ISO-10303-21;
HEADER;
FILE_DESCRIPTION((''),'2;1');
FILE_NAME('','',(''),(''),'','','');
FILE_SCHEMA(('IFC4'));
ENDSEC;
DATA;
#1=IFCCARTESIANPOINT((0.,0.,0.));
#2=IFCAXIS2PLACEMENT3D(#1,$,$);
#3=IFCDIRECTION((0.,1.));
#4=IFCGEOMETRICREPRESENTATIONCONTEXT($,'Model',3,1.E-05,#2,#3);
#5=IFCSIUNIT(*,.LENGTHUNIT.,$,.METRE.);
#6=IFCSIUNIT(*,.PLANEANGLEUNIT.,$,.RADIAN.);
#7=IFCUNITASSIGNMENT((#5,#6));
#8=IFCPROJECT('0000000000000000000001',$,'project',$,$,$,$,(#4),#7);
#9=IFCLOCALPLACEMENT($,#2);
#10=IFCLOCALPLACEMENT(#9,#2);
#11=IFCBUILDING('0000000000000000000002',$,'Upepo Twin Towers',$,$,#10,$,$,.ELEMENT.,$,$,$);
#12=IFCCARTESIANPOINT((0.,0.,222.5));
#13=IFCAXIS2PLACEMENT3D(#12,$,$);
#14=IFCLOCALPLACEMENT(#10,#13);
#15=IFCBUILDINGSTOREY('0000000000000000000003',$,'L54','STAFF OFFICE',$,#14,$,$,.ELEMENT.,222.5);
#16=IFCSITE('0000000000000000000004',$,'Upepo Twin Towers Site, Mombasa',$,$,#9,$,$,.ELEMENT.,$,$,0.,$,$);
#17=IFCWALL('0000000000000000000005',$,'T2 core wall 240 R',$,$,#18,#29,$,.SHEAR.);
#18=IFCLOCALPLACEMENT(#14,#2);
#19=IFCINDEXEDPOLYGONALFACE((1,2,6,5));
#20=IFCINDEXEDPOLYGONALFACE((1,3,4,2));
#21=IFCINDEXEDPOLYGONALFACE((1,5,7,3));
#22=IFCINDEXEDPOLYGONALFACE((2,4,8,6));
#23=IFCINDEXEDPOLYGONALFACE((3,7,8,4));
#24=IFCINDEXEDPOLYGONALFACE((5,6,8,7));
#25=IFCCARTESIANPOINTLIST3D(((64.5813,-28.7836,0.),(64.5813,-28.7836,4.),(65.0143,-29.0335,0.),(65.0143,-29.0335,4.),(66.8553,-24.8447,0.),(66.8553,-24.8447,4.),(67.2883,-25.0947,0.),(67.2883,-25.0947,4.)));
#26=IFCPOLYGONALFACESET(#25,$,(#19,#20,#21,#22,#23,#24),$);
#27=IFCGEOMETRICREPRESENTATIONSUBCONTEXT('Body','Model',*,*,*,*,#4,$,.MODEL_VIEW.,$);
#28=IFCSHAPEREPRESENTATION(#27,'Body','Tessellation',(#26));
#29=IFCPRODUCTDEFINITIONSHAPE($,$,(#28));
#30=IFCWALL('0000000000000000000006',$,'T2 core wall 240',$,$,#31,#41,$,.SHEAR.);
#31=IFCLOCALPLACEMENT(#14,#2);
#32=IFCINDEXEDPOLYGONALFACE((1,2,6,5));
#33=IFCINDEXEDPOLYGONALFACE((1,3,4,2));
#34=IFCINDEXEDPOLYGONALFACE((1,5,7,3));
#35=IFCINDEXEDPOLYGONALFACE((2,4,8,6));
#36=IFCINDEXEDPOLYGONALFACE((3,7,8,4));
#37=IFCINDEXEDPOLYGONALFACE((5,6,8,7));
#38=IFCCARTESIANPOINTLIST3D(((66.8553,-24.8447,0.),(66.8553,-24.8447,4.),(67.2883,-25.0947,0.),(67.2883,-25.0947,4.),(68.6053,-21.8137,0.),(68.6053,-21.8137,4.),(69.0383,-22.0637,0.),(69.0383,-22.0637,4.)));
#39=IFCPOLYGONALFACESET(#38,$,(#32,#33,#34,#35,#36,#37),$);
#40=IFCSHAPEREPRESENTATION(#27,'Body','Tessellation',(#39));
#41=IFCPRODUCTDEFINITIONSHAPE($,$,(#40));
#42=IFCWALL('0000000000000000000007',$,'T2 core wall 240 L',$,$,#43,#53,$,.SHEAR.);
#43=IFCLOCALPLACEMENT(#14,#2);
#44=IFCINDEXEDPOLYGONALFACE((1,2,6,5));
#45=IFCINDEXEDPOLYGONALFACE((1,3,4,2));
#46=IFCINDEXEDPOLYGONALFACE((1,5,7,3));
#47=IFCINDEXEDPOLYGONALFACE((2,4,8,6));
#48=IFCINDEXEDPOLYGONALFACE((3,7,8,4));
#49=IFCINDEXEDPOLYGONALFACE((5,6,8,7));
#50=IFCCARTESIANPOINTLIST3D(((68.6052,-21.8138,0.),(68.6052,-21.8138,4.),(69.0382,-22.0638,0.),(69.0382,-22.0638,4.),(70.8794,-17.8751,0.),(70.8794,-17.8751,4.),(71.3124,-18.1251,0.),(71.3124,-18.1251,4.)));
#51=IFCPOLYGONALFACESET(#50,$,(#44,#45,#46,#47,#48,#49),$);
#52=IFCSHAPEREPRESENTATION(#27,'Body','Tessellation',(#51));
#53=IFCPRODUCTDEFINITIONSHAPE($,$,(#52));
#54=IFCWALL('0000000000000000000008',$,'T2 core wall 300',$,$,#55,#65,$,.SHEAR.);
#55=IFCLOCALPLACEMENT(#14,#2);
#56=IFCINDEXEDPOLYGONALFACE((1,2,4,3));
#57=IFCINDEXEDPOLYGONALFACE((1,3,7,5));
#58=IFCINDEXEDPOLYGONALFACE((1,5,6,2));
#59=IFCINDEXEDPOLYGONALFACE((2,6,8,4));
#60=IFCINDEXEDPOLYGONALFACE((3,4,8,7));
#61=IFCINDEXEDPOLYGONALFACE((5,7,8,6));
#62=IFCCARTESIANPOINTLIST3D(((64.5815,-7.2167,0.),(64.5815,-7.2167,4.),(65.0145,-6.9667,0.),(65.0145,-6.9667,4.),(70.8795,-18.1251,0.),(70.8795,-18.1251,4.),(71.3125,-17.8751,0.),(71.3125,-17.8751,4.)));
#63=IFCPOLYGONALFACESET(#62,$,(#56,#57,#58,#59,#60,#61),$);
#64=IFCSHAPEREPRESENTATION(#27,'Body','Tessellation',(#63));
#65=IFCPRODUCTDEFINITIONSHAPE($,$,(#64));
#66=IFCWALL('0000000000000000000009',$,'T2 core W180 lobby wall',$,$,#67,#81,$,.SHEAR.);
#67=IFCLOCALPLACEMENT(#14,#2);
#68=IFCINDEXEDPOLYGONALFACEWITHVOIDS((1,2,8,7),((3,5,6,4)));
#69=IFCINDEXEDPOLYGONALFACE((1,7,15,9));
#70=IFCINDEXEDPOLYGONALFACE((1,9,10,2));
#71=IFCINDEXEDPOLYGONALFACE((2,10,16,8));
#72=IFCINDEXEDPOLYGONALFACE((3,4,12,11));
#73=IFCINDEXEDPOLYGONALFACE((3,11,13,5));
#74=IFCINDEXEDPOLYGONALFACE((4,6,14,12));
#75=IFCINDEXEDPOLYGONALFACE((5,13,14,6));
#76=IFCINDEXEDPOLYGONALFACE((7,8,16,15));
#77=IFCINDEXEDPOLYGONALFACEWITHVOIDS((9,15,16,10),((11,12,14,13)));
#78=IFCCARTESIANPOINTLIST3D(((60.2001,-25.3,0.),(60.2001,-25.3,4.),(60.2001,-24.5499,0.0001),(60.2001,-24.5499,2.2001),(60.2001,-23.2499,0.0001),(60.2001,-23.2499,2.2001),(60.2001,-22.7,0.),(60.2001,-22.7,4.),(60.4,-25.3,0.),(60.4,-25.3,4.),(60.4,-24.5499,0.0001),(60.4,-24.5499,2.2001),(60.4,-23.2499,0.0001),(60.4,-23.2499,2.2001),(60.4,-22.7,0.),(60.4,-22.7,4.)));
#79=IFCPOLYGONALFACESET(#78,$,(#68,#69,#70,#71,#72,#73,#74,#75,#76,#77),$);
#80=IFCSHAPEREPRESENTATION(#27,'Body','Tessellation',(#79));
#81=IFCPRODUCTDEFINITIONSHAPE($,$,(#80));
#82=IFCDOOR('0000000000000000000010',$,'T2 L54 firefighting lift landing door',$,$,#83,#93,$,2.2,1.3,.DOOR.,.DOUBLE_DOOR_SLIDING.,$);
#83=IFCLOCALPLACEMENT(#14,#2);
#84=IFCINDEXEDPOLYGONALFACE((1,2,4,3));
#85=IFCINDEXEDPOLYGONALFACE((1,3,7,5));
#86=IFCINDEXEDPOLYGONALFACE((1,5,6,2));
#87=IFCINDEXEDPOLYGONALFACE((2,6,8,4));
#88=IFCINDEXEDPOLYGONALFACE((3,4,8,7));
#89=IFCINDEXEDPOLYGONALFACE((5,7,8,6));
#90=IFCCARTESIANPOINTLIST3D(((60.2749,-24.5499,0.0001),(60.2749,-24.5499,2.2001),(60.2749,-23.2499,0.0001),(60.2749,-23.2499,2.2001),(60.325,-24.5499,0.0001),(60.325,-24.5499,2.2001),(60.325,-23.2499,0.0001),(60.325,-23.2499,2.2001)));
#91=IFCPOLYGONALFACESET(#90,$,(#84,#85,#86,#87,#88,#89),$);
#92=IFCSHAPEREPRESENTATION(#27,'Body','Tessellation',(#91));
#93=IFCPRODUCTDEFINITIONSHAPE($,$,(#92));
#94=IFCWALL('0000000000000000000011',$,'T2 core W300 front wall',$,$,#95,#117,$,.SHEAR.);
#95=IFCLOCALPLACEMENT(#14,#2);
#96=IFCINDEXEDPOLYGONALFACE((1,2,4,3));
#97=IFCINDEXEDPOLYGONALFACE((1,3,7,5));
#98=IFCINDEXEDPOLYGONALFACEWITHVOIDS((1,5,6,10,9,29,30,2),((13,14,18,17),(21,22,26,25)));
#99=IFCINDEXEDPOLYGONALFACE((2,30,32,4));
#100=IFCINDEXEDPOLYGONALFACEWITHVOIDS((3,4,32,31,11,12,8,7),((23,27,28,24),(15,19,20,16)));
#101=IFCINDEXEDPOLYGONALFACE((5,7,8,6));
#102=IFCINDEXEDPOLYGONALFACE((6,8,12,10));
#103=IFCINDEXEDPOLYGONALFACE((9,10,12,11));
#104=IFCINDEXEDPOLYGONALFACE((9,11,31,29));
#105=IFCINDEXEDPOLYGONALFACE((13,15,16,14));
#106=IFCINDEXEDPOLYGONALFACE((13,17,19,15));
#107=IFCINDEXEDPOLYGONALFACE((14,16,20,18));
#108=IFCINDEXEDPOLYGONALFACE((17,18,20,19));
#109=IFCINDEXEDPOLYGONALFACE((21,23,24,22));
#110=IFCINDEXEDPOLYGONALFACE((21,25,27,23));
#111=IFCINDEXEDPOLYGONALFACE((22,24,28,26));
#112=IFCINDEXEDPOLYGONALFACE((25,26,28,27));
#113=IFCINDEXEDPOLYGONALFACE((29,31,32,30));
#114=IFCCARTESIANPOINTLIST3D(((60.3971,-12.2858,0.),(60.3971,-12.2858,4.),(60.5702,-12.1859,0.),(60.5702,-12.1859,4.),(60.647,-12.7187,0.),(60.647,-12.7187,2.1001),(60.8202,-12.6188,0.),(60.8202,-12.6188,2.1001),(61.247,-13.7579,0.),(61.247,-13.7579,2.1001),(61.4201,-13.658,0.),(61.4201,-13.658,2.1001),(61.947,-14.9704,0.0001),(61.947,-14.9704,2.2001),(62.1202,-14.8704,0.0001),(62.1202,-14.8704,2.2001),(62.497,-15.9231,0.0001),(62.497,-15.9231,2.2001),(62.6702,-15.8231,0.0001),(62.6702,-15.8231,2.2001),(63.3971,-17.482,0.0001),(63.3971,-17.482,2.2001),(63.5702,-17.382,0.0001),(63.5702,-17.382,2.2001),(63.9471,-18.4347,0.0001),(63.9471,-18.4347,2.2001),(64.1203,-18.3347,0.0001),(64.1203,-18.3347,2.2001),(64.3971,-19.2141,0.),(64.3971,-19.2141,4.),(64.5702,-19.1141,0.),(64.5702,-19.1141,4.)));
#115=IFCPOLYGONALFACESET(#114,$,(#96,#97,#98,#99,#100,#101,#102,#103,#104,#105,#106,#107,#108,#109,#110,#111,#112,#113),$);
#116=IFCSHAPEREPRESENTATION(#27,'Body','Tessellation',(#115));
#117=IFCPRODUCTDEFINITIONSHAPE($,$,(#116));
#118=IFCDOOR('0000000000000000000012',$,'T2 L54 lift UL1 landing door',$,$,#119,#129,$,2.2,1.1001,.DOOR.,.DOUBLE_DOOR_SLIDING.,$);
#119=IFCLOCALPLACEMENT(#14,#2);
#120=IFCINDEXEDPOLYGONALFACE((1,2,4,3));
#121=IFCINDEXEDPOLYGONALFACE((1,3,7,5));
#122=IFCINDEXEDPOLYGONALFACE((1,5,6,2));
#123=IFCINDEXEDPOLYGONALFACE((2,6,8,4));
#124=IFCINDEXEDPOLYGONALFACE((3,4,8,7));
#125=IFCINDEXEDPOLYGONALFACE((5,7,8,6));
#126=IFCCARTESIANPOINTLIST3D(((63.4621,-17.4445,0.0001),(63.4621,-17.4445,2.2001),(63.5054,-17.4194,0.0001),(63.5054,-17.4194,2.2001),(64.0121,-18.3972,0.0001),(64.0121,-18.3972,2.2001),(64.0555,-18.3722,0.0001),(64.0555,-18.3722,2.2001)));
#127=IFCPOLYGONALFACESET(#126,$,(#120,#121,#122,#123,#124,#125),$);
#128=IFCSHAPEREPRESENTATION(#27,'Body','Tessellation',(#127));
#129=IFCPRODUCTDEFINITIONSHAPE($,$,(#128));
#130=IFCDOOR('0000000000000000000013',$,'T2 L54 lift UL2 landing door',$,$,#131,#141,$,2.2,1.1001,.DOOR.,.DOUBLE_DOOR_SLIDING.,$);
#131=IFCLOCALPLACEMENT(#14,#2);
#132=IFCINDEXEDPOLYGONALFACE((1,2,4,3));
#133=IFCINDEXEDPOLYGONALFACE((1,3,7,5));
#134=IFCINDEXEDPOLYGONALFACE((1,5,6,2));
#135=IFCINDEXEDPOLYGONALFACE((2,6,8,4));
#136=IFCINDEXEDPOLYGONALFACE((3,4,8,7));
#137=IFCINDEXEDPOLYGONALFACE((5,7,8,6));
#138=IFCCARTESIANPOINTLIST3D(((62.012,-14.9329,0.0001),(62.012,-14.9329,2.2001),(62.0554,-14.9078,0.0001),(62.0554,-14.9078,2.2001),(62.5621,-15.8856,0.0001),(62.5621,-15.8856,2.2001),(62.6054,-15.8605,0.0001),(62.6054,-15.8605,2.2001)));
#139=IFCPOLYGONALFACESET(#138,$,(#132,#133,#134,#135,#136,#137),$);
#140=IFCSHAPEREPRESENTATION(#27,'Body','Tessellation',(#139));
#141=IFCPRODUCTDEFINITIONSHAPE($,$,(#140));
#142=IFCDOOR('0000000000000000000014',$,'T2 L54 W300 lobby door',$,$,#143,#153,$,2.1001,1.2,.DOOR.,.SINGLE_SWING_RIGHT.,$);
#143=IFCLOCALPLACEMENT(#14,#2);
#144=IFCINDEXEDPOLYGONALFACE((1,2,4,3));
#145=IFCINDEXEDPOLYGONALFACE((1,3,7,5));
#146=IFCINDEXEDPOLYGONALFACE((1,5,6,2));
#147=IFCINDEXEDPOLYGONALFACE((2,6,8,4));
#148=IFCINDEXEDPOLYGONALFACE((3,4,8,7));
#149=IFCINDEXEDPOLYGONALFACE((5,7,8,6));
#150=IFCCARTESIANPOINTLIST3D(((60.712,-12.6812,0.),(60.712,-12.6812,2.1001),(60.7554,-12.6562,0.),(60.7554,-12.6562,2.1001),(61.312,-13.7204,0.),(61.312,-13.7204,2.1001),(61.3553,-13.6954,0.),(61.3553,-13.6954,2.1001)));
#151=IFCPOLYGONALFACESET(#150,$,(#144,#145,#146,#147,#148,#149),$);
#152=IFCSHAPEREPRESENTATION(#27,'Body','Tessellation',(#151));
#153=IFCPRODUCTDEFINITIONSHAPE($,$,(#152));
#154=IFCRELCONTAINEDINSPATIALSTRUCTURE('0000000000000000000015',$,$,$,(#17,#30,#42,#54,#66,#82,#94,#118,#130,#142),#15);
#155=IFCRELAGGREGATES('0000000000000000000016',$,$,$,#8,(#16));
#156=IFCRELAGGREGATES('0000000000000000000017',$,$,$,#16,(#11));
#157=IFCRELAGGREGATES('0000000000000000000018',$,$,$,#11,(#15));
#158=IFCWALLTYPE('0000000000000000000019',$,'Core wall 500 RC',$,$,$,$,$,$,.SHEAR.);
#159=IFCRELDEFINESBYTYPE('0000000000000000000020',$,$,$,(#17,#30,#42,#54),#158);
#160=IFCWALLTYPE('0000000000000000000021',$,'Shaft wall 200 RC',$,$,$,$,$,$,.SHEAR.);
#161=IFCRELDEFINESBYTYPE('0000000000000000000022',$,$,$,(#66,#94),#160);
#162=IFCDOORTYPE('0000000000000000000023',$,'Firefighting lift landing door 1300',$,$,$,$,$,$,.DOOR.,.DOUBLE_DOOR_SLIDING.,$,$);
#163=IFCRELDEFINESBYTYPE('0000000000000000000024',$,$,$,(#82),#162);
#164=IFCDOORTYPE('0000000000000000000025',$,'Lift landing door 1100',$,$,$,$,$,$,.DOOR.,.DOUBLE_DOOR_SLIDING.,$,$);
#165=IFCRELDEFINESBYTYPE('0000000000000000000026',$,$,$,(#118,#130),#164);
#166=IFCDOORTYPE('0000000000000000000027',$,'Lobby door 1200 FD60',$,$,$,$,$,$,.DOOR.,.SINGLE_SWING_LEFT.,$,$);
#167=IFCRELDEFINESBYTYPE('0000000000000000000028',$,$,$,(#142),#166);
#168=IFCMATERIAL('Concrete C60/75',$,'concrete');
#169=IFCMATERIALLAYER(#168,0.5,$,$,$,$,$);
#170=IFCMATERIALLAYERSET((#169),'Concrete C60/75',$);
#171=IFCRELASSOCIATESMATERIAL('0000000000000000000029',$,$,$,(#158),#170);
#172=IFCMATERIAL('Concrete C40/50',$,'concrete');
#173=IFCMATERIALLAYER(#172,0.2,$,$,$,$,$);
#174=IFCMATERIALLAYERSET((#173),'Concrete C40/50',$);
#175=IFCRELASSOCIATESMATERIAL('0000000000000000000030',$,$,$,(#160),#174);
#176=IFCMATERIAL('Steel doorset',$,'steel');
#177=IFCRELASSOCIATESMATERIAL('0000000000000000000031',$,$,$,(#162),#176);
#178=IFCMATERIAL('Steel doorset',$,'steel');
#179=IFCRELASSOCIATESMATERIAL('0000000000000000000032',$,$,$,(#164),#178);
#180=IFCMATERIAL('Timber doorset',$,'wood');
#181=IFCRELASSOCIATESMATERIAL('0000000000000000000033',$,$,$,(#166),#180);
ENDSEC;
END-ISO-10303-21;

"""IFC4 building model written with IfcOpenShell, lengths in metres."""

from ifc_helpers import new_model, si_unit, direction, frame, frame_2d, origin, place, context, subcontext, project, spatial, rectangle, extrude, material, layer, layer_set, type_object, element, fill, save


model = new_model("IFC4")

# Units and contexts
model_context = context("Model", 3, precision=1e-05, world=origin(), true_north=direction((0.0, 1.0)))
body_context = subcontext(model_context, "Body", "Model", "MODEL_VIEW")
ifc_project = project(units=[si_unit("LENGTHUNIT", "METRE"), si_unit("PLANEANGLEUNIT", "RADIAN")], contexts=[model_context])

# Site, building, storey
site_placement = place(None, origin())
site = spatial("IfcSite", under=ifc_project, at=site_placement, Name="Upepo Twin Towers Site, Mombasa", CompositionType="ELEMENT", RefElevation=0.0)
building_placement = place(site_placement, origin())
building = spatial("IfcBuilding", under=site, at=building_placement, Name="Upepo Twin Towers", CompositionType="ELEMENT")
storey_placement = place(building_placement, frame((0.0, 0.0, 222.5)))
storey = spatial("IfcBuildingStorey", under=building, at=storey_placement, Name="L54", Description="STAFF OFFICE", CompositionType="ELEMENT", Elevation=222.5)

# Walls
ifc_material_1 = material(Name="Concrete C60/75", Category="concrete")
ifc_layer_1 = layer(ifc_material_1, 0.5)
ifc_layer_set_1 = layer_set([ifc_layer_1], Name="Concrete C60/75")
wall_type_1 = type_object("IfcWallType", Name="Core wall 500 RC", PredefinedType="SHEAR", material=ifc_layer_set_1)
wall_1_placement = place(storey_placement, frame((64.7979, -28.9084, 0.0), z_axis=(0.0, 0.0, 1.0), x_axis=(0.499984, 0.866035, 0.0)))
element("IfcWall", 1, at=wall_1_placement, inside=storey, type_object=wall_type_1, Name="T2 core wall 240 R", PredefinedType="SHEAR", context=body_context, shape_type="SweptSolid", body=[
    extrude(rectangle(XDim=4.5481, YDim=0.5, at=frame_2d((2.2739, 0.0))), origin(), (0.0, 0.0, 1.0), 4.0),
])
wall_2_placement = place(storey_placement, frame((67.0718, -24.9697, 0.0), z_axis=(0.0, 0.0, 1.0), x_axis=(0.50001, 0.866019, 0.0)))
element("IfcWall", 2, at=wall_2_placement, inside=storey, type_object=wall_type_1, Name="T2 core wall 240", PredefinedType="SHEAR", context=body_context, shape_type="SweptSolid", body=[
    extrude(rectangle(XDim=3.5, YDim=0.5, at=frame_2d((1.75, 0.0))), origin(), (0.0, 0.0, 1.0), 4.0),
])
wall_3_placement = place(storey_placement, frame((68.8218, -21.9387, 0.0), z_axis=(0.0, 0.0, 1.0), x_axis=(0.500024, 0.866011, 0.0)))
element("IfcWall", 3, at=wall_3_placement, inside=storey, type_object=wall_type_1, Name="T2 core wall 240 L", PredefinedType="SHEAR", context=body_context, shape_type="SweptSolid", body=[
    extrude(rectangle(XDim=4.5481, YDim=0.5, at=frame_2d((2.2739, 0.0))), origin(), (0.0, 0.0, 1.0), 4.0),
])
wall_4_placement = place(storey_placement, frame((71.0959, -18.0, 0.0), z_axis=(0.0, 0.0, 1.0), x_axis=(-0.500006, 0.866022, 0.0)))
element("IfcWall", 4, at=wall_4_placement, inside=storey, type_object=wall_type_1, Name="T2 core wall 300", PredefinedType="SHEAR", context=body_context, shape_type="SweptSolid", body=[
    extrude(rectangle(XDim=12.5959, YDim=0.5, at=frame_2d((6.2979, 0.0))), origin(), (0.0, 0.0, 1.0), 4.0),
])

# Wall, opening, door
ifc_material_2 = material(Name="Concrete C40/50", Category="concrete")
ifc_layer_2 = layer(ifc_material_2, 0.2)
ifc_layer_set_2 = layer_set([ifc_layer_2], Name="Concrete C40/50")
wall_type_2 = type_object("IfcWallType", Name="Shaft wall 200 RC", PredefinedType="SHEAR", material=ifc_layer_set_2)
wall_5_placement = place(storey_placement, frame((60.3, -22.7, 0.0), z_axis=(0.0, 0.0, 1.0), x_axis=(0.0, -1.0, 0.0)))
wall_5 = element("IfcWall", 5, at=wall_5_placement, inside=storey, type_object=wall_type_2, Name="T2 core W180 lobby wall", PredefinedType="SHEAR", context=body_context, shape_type="SweptSolid", body=[
    extrude(rectangle(XDim=2.6001, YDim=0.2, at=frame_2d((1.3, 0.0))), origin(), (0.0, 0.0, 1.0), 4.0),
])
opening_1_placement = place(wall_5_placement, frame((0.55, 0.0, 0.0)))
opening_1 = element("IfcOpeningElement", 6, at=opening_1_placement, cuts=wall_5, PredefinedType="OPENING", context=body_context, shape_type="SweptSolid", body=[
    extrude(rectangle(XDim=1.3, YDim=2.2, at=frame_2d((0.6499, 1.1001))), frame((0.0, 0.1099, 0.0), z_axis=(0.0, -1.0, 0.0), x_axis=(1.0, 0.0, 0.0)), (0.0, 0.0, 1.0), 0.22),
])
ifc_material_3 = material(Name="Steel doorset", Category="steel")
door_type_1 = type_object("IfcDoorType", Name="Firefighting lift landing door 1300", OperationType="DOUBLE_DOOR_SLIDING", PredefinedType="DOOR", material=ifc_material_3)
door_1_placement = place(opening_1_placement, origin())
door_1 = element("IfcDoor", 7, at=door_1_placement, inside=storey, type_object=door_type_1, Name="T2 L54 firefighting lift landing door", OperationType="DOUBLE_DOOR_SLIDING", OverallHeight=2.2, OverallWidth=1.3, PredefinedType="DOOR", context=body_context, shape_type="SweptSolid", body=[
    extrude(rectangle(XDim=1.3, YDim=2.2, at=frame_2d((0.6499, 1.1001))), frame((0.0, 0.0249, 0.0), z_axis=(0.0, -1.0, 0.0), x_axis=(1.0, 0.0, 0.0)), (0.0, 0.0, 1.0), 0.05),
])
fill(opening_1, door_1)

# Wall, openings, doors
wall_6_placement = place(storey_placement, frame((64.4836, -19.1641, 0.0), z_axis=(0.0, 0.0, 1.0), x_axis=(-0.499999, 0.866026, 0.0)))
wall_6 = element("IfcWall", 8, at=wall_6_placement, inside=storey, type_object=wall_type_2, Name="T2 core W300 front wall", PredefinedType="SHEAR", context=body_context, shape_type="SweptSolid", body=[
    extrude(rectangle(XDim=8.0, YDim=0.2, at=frame_2d((4.0, 0.0))), origin(), (0.0, 0.0, 1.0), 4.0),
])
opening_2_placement = place(wall_6_placement, frame((6.3, 0.0, 0.0)))
opening_2 = element("IfcOpeningElement", 9, at=opening_2_placement, cuts=wall_6, PredefinedType="OPENING", context=body_context, shape_type="SweptSolid", body=[
    extrude(rectangle(XDim=1.2, YDim=2.1001, at=frame_2d((0.6001, 1.05))), frame((0.0, 0.1099, 0.0), z_axis=(0.0, -1.0, 0.0), x_axis=(1.0, 0.0, 0.0)), (0.0, 0.0, 1.0), 0.22),
])
opening_3_placement = place(wall_6_placement, frame((0.8999, 0.0, 0.0)))
opening_3 = element("IfcOpeningElement", 10, at=opening_3_placement, cuts=wall_6, PredefinedType="OPENING", context=body_context, shape_type="SweptSolid", body=[
    extrude(rectangle(XDim=1.1001, YDim=2.2, at=frame_2d((0.55, 1.1001))), frame((0.0, 0.1099, 0.0), z_axis=(0.0, -1.0, 0.0), x_axis=(1.0, 0.0, 0.0)), (0.0, 0.0, 1.0), 0.22),
])
opening_4_placement = place(wall_6_placement, frame((3.8, 0.0, 0.0)))
opening_4 = element("IfcOpeningElement", 11, at=opening_4_placement, cuts=wall_6, PredefinedType="OPENING", context=body_context, shape_type="SweptSolid", body=[
    extrude(rectangle(XDim=1.1001, YDim=2.2, at=frame_2d((0.55, 1.1001))), frame((0.0, 0.1099, 0.0), z_axis=(0.0, -1.0, 0.0), x_axis=(1.0, 0.0, 0.0)), (0.0, 0.0, 1.0), 0.22),
])
ifc_material_4 = material(Name="Steel doorset", Category="steel")
door_type_2 = type_object("IfcDoorType", Name="Lift landing door 1100", OperationType="DOUBLE_DOOR_SLIDING", PredefinedType="DOOR", material=ifc_material_4)
door_2_placement = place(opening_3_placement, origin())
door_2 = element("IfcDoor", 12, at=door_2_placement, inside=storey, type_object=door_type_2, Name="T2 L54 lift UL1 landing door", OperationType="DOUBLE_DOOR_SLIDING", OverallHeight=2.2, OverallWidth=1.1001, PredefinedType="DOOR", context=body_context, shape_type="SweptSolid", body=[
    extrude(rectangle(XDim=1.1001, YDim=2.2, at=frame_2d((0.55, 1.1001))), frame((0.0, 0.0249, 0.0), z_axis=(0.0, -1.0, 0.0), x_axis=(1.0, 0.0, 0.0)), (0.0, 0.0, 1.0), 0.05),
])
fill(opening_3, door_2)
door_3_placement = place(opening_4_placement, origin())
door_3 = element("IfcDoor", 13, at=door_3_placement, inside=storey, type_object=door_type_2, Name="T2 L54 lift UL2 landing door", OperationType="DOUBLE_DOOR_SLIDING", OverallHeight=2.2, OverallWidth=1.1001, PredefinedType="DOOR", context=body_context, shape_type="SweptSolid", body=[
    extrude(rectangle(XDim=1.1001, YDim=2.2, at=frame_2d((0.55, 1.1001))), frame((0.0, 0.0249, 0.0), z_axis=(0.0, -1.0, 0.0), x_axis=(1.0, 0.0, 0.0)), (0.0, 0.0, 1.0), 0.05),
])
fill(opening_4, door_3)
ifc_material_5 = material(Name="Timber doorset", Category="wood")
door_type_3 = type_object("IfcDoorType", Name="Lobby door 1200 FD60", OperationType="SINGLE_SWING_LEFT", PredefinedType="DOOR", material=ifc_material_5)
door_4_placement = place(opening_2_placement, origin())
door_4 = element("IfcDoor", 14, at=door_4_placement, inside=storey, type_object=door_type_3, Name="T2 L54 W300 lobby door", OperationType="SINGLE_SWING_RIGHT", OverallHeight=2.1001, OverallWidth=1.2, PredefinedType="DOOR", context=body_context, shape_type="SweptSolid", body=[
    extrude(rectangle(XDim=1.2, YDim=2.1001, at=frame_2d((0.6001, 1.05))), frame((0.0, 0.0249, 0.0), z_axis=(0.0, -1.0, 0.0), x_axis=(1.0, 0.0, 0.0)), (0.0, 0.0, 1.0), 0.05),
])
fill(opening_2, door_4)

save(model, "model.ifc")
